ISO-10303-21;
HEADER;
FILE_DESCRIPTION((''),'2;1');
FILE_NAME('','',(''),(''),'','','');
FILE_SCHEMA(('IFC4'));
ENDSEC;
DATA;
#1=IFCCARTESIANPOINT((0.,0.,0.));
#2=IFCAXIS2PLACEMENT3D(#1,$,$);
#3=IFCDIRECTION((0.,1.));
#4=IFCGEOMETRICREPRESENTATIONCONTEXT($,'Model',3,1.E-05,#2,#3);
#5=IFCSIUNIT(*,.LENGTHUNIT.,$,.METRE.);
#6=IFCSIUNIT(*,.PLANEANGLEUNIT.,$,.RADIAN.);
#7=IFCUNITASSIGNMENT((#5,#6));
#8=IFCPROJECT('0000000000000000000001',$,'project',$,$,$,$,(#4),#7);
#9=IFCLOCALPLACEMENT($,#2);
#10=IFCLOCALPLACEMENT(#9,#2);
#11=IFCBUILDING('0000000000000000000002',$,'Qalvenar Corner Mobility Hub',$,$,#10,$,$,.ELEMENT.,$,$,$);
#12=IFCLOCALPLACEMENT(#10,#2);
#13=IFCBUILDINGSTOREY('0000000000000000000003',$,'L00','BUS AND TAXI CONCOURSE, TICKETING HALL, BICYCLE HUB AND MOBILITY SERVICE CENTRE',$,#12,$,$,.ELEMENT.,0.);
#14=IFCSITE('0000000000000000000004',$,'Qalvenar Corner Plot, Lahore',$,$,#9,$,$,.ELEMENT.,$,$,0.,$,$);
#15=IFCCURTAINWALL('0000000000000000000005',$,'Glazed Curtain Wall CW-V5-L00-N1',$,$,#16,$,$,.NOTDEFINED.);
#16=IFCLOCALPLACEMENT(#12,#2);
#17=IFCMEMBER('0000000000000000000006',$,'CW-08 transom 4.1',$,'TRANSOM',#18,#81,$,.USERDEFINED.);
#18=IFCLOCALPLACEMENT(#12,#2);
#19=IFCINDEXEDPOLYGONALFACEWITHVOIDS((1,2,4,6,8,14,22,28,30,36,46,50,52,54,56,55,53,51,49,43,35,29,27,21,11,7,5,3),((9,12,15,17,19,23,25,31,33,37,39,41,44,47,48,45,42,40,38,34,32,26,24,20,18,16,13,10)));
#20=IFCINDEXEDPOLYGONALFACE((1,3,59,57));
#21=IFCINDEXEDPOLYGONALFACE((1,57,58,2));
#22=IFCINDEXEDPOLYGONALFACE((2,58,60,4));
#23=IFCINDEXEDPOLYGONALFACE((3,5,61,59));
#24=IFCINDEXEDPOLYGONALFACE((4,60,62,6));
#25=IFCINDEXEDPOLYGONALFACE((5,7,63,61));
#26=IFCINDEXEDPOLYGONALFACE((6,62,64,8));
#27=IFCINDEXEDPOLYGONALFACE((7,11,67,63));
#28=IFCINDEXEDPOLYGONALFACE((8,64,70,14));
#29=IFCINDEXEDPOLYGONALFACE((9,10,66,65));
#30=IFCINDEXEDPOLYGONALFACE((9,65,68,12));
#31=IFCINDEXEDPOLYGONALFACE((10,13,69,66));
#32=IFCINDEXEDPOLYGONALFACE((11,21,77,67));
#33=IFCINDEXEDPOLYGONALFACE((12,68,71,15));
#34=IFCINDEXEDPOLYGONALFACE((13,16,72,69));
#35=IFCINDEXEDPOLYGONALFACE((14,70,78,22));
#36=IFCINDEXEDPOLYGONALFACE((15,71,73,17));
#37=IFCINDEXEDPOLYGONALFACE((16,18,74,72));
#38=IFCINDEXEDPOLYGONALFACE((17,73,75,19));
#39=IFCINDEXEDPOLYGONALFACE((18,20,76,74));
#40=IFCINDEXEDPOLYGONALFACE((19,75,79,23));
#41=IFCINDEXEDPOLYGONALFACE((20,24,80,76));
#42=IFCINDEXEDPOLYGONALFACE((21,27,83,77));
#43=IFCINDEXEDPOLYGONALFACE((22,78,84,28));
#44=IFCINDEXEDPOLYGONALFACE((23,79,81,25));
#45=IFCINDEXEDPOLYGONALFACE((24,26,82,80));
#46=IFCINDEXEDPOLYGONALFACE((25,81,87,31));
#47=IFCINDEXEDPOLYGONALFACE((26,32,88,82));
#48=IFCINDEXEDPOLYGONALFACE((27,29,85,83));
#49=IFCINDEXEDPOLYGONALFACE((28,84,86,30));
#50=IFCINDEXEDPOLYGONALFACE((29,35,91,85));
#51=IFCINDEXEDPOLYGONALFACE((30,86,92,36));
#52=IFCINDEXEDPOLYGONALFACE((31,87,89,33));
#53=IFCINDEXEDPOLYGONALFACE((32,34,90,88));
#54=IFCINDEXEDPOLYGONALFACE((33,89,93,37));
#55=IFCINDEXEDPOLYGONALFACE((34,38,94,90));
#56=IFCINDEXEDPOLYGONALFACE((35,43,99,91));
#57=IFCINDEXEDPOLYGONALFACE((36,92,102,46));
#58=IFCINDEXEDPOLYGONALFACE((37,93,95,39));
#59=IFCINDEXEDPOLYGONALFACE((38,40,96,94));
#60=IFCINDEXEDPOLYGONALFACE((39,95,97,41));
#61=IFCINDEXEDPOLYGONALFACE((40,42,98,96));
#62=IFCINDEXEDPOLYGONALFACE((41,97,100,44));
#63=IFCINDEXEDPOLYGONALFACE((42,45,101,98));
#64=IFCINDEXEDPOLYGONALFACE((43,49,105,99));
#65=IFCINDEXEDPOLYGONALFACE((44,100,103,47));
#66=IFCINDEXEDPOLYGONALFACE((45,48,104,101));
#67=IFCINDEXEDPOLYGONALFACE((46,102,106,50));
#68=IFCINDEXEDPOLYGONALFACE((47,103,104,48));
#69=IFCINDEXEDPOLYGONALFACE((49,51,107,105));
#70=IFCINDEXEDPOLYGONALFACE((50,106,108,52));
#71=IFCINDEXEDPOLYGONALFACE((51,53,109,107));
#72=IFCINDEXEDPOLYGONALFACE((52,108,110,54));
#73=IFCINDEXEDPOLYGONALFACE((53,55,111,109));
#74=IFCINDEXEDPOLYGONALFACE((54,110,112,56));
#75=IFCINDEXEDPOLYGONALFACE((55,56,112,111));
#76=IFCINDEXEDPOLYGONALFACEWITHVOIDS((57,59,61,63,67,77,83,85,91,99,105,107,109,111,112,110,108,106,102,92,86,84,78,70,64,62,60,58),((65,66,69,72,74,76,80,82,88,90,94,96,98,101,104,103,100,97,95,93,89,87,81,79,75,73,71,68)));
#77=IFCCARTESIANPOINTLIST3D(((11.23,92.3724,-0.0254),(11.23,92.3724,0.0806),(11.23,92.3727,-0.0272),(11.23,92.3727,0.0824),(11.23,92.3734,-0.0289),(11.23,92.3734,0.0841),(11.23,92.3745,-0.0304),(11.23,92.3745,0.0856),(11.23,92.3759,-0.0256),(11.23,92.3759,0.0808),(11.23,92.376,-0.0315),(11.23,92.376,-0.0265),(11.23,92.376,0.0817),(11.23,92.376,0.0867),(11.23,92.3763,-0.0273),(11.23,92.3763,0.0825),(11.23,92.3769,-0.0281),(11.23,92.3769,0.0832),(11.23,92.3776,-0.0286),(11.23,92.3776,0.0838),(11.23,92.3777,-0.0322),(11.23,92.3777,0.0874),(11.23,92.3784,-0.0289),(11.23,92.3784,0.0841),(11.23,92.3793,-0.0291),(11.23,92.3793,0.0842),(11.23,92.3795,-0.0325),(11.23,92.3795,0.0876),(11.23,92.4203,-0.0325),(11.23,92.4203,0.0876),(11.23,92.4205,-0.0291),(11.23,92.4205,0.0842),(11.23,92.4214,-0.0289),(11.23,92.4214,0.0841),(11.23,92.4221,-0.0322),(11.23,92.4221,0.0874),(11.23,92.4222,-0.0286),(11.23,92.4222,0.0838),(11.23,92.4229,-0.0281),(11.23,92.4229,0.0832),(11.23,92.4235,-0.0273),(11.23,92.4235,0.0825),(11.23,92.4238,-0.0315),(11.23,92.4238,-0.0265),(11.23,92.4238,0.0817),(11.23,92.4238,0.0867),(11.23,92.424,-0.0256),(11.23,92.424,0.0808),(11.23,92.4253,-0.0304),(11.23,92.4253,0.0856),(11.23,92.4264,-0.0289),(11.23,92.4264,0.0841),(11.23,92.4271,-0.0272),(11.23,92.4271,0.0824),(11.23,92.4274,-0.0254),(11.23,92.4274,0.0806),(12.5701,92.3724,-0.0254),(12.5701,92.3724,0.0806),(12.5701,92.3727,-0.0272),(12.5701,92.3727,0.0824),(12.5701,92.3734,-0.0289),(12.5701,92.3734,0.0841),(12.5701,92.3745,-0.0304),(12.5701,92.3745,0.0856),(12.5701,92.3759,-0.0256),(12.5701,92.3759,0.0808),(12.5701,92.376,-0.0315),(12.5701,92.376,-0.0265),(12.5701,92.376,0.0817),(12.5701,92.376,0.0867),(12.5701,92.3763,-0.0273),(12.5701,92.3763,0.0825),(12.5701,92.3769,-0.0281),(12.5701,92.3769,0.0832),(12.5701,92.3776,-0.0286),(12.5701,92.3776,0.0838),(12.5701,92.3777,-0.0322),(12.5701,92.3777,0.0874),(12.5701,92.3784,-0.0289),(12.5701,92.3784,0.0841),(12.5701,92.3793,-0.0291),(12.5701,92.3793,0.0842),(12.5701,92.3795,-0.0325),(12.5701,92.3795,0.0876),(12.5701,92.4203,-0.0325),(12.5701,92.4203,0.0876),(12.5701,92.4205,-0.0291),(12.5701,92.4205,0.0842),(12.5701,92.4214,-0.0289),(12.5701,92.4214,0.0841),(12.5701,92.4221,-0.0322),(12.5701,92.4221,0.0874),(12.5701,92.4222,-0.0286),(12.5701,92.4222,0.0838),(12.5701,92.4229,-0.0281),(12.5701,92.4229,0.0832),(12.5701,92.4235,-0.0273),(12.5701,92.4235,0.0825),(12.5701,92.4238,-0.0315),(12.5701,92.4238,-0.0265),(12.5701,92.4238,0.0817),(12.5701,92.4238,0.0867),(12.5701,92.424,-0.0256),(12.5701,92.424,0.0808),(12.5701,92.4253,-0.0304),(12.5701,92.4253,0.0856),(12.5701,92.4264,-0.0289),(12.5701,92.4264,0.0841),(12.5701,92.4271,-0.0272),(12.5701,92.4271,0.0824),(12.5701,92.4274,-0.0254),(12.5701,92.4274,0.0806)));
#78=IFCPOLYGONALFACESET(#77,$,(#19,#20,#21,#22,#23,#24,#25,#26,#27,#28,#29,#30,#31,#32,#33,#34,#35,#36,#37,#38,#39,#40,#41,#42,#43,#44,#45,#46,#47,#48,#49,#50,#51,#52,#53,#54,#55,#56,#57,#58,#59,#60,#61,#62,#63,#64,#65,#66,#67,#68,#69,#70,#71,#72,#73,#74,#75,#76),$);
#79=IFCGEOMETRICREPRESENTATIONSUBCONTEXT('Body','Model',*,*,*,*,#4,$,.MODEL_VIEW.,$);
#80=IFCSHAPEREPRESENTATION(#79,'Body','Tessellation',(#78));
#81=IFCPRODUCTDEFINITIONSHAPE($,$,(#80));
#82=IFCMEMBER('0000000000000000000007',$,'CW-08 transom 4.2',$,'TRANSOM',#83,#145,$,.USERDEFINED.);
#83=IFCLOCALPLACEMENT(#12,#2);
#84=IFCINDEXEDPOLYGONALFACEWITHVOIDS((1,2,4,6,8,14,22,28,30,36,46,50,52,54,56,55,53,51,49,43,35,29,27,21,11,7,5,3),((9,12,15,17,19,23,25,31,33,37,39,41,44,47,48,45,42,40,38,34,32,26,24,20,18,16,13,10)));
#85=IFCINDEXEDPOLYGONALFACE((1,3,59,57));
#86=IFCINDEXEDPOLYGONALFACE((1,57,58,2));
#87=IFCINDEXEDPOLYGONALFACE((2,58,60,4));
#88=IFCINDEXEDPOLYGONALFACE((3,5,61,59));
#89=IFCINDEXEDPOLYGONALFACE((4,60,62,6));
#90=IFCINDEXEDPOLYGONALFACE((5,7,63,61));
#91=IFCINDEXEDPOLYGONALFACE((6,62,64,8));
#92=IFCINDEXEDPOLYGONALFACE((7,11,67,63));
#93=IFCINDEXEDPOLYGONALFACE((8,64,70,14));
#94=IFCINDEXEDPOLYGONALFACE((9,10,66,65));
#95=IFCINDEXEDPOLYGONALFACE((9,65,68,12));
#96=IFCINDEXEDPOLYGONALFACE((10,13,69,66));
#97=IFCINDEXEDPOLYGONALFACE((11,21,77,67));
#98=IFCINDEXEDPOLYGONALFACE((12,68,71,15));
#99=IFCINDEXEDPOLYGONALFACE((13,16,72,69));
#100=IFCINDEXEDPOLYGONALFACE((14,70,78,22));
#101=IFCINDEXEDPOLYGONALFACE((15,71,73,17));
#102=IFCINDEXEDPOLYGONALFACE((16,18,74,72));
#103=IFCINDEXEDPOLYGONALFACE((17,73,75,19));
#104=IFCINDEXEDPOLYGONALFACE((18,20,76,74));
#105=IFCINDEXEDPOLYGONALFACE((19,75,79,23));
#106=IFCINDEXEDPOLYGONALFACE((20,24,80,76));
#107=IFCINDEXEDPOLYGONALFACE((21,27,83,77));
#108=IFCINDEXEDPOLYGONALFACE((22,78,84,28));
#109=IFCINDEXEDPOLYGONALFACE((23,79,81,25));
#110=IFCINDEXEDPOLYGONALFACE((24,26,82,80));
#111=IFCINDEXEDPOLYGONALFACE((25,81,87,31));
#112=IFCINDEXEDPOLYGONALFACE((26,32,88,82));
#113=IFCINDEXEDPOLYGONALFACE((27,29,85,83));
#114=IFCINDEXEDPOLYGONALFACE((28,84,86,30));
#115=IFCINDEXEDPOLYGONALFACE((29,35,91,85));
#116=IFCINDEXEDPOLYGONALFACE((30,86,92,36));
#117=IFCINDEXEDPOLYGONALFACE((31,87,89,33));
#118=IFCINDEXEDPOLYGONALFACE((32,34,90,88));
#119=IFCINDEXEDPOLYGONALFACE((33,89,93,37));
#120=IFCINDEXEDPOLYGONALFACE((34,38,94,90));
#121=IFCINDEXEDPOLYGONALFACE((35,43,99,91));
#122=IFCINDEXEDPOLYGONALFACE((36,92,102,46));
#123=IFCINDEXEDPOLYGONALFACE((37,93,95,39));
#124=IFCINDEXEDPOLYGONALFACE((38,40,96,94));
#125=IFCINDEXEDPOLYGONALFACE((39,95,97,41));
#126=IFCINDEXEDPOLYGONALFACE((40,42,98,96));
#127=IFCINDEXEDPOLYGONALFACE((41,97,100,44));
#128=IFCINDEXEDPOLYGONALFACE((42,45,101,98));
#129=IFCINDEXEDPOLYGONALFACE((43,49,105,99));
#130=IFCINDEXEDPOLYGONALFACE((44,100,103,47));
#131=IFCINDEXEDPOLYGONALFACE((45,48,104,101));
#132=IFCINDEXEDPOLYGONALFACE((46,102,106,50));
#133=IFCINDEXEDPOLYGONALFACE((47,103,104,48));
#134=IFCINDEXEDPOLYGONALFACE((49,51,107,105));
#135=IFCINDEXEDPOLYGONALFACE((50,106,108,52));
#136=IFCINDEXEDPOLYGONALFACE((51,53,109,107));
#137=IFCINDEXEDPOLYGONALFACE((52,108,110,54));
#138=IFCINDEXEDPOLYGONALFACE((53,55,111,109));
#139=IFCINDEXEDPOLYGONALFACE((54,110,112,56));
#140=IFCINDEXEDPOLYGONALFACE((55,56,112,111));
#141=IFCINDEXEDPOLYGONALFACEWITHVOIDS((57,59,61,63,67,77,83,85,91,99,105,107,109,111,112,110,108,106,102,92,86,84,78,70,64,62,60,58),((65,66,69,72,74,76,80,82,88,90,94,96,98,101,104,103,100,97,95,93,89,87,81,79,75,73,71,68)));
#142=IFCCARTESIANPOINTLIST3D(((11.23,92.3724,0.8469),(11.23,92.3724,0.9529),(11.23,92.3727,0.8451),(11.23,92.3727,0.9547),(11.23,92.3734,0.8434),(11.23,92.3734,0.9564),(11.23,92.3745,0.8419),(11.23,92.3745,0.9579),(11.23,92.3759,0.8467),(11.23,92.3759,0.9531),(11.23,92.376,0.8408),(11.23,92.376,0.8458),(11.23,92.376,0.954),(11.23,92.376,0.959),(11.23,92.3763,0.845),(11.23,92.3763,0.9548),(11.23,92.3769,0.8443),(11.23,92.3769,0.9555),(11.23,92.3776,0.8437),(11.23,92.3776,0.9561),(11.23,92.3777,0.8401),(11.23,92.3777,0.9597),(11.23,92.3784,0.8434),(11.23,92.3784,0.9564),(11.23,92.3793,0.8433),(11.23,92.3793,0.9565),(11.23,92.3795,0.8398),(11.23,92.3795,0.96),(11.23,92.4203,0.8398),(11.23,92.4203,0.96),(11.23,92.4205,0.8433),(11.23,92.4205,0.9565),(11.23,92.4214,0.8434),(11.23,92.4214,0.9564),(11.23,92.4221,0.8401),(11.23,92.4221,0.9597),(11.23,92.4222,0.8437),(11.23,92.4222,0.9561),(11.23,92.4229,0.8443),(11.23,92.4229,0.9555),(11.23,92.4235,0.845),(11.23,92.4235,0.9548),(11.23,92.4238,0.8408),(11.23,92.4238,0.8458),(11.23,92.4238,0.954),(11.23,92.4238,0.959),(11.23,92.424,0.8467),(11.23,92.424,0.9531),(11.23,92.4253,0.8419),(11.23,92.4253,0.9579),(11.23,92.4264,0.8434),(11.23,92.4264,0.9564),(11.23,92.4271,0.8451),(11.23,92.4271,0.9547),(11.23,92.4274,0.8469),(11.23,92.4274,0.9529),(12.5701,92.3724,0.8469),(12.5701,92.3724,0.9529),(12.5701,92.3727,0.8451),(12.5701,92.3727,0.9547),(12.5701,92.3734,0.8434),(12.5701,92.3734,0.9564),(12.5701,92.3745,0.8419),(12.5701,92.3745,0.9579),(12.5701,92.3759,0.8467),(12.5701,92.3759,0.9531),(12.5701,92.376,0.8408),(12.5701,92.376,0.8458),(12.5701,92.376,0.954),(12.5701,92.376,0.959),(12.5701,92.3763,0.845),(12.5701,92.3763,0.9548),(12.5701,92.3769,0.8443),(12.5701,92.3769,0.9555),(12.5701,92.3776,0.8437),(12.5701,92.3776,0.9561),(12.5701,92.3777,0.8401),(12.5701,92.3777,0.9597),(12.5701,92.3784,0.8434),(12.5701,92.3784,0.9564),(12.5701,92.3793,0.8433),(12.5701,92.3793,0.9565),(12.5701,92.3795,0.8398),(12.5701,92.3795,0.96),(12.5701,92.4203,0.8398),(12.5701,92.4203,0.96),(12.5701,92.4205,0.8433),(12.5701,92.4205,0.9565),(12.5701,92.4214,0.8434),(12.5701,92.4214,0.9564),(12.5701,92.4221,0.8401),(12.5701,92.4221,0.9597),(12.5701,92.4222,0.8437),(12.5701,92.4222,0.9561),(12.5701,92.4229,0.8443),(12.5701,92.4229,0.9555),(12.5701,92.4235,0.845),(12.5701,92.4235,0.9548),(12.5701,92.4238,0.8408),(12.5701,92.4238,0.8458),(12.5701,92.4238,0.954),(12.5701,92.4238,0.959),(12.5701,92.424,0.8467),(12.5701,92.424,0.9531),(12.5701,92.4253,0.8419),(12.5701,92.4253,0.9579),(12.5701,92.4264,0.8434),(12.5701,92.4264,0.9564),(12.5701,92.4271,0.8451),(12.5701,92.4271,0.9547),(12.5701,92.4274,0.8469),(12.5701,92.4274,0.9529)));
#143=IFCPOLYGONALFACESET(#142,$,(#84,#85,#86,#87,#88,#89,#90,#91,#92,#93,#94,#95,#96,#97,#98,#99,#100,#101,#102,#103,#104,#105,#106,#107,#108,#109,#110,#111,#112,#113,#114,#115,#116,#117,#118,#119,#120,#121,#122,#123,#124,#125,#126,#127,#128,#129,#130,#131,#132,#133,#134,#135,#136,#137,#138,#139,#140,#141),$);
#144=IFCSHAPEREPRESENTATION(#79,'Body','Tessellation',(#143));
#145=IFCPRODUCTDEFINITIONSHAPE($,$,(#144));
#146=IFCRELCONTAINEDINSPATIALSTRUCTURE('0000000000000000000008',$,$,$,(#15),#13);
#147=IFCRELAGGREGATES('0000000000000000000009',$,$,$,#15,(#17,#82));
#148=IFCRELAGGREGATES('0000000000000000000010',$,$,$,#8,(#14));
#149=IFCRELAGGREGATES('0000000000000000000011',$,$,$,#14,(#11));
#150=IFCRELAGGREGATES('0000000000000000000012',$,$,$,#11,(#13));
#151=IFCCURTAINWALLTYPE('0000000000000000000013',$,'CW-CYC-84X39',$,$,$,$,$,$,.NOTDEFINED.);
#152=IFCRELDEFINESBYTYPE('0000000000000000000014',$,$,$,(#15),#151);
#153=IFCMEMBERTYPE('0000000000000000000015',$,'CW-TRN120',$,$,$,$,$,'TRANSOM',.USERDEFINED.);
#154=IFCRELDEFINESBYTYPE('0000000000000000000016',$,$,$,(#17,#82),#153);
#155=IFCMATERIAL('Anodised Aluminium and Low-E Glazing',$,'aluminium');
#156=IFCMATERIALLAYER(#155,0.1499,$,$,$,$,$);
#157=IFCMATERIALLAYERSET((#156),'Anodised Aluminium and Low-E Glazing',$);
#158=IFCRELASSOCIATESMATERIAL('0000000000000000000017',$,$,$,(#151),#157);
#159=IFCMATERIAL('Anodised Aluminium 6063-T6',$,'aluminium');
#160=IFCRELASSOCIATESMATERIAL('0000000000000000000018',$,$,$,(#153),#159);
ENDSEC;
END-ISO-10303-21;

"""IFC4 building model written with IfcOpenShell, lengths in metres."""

from ifc_helpers import new_model, si_unit, direction, frame, origin, origin_2d, place, context, subcontext, project, spatial, hollow_rectangle, extrude, material, layer, layer_set, material_profile, profile_set, type_object, element, aggregate, save


model = new_model("IFC4")

# Units and contexts
model_context = context("Model", 3, precision=1e-05, world=origin(), true_north=direction((0.0, 1.0)))
body_context = subcontext(model_context, "Body", "Model", "MODEL_VIEW")
ifc_project = project(units=[si_unit("LENGTHUNIT", "METRE"), si_unit("PLANEANGLEUNIT", "RADIAN")], contexts=[model_context])

# Site, building, storey
site_placement = place(None, origin())
site = spatial("IfcSite", under=ifc_project, at=site_placement, Name="Qalvenar Corner Plot, Lahore", CompositionType="ELEMENT", RefElevation=0.0)
building_placement = place(site_placement, origin())
building = spatial("IfcBuilding", under=site, at=building_placement, Name="Qalvenar Corner Mobility Hub", CompositionType="ELEMENT")
storey_placement = place(building_placement, origin())
storey = spatial("IfcBuildingStorey", under=building, at=storey_placement, Name="L00", Description="BUS AND TAXI CONCOURSE, TICKETING HALL, BICYCLE HUB AND MOBILITY SERVICE CENTRE", CompositionType="ELEMENT", Elevation=0.0)

# Curtain wall, members
ifc_material_1 = material(Name="Anodised Aluminium and Low-E Glazing", Category="aluminium")
ifc_layer_1 = layer(ifc_material_1, 0.1499)
ifc_layer_set_1 = layer_set([ifc_layer_1], Name="Anodised Aluminium and Low-E Glazing")
curtain_wall_type = type_object("IfcCurtainWallType", Name="CW-CYC-84X39", PredefinedType="NOTDEFINED", material=ifc_layer_set_1)
curtain_wall_placement = place(storey_placement, origin())
curtain_wall = element("IfcCurtainWall", 1, at=curtain_wall_placement, inside=storey, type_object=curtain_wall_type, Name="Glazed Curtain Wall CW-V5-L00-N1", PredefinedType="NOTDEFINED")
ifc_material_2 = material(Name="Anodised Aluminium 6063-T6", Category="aluminium")
ifc_material_profile_1 = material_profile(ifc_material_2, hollow_rectangle(XDim=0.0549, YDim=0.1201, WallThickness=0.0034, InnerFilletRadius=0.0034, OuterFilletRadius=0.0071, at=origin_2d()), Name="RHS120x55x3.5")
ifc_profile_set_1 = profile_set([ifc_material_profile_1], Name="Anodised Aluminium 6063-T6")
member_type_1 = type_object("IfcMemberType", Name="CW-TRN120", ElementType="TRANSOM", PredefinedType="USERDEFINED", material=ifc_profile_set_1)
member_1_placement = place(storey_placement, frame((12.5701, 92.3999, 0.0276), z_axis=(-1.0, 0.0, 0.0), x_axis=(0.0, -1.0, 0.0)))
member_1 = element("IfcMember", 2, at=member_1_placement, type_object=member_type_1, Name="CW-08 transom 4.1", ObjectType="TRANSOM", PredefinedType="USERDEFINED", context=body_context, shape_type="SweptSolid", body=[
    extrude(hollow_rectangle(XDim=0.0549, YDim=0.1201, WallThickness=0.0034, InnerFilletRadius=0.0034, OuterFilletRadius=0.0071, at=origin_2d()), origin(), (0.0, 0.0, 1.0), 1.3401),
])
member_2_placement = place(storey_placement, frame((12.5701, 92.3999, 0.8999), z_axis=(-1.0, 0.0, 0.0), x_axis=(0.0, -1.0, 0.0)))
member_2 = element("IfcMember", 3, at=member_2_placement, type_object=member_type_1, Name="CW-08 transom 4.2", ObjectType="TRANSOM", PredefinedType="USERDEFINED", context=body_context, shape_type="SweptSolid", body=[
    extrude(hollow_rectangle(XDim=0.0549, YDim=0.1201, WallThickness=0.0034, InnerFilletRadius=0.0034, OuterFilletRadius=0.0071, at=origin_2d()), origin(), (0.0, 0.0, 1.0), 1.3401),
])
aggregate(curtain_wall, [member_1, member_2])

save(model, "model.ifc")
